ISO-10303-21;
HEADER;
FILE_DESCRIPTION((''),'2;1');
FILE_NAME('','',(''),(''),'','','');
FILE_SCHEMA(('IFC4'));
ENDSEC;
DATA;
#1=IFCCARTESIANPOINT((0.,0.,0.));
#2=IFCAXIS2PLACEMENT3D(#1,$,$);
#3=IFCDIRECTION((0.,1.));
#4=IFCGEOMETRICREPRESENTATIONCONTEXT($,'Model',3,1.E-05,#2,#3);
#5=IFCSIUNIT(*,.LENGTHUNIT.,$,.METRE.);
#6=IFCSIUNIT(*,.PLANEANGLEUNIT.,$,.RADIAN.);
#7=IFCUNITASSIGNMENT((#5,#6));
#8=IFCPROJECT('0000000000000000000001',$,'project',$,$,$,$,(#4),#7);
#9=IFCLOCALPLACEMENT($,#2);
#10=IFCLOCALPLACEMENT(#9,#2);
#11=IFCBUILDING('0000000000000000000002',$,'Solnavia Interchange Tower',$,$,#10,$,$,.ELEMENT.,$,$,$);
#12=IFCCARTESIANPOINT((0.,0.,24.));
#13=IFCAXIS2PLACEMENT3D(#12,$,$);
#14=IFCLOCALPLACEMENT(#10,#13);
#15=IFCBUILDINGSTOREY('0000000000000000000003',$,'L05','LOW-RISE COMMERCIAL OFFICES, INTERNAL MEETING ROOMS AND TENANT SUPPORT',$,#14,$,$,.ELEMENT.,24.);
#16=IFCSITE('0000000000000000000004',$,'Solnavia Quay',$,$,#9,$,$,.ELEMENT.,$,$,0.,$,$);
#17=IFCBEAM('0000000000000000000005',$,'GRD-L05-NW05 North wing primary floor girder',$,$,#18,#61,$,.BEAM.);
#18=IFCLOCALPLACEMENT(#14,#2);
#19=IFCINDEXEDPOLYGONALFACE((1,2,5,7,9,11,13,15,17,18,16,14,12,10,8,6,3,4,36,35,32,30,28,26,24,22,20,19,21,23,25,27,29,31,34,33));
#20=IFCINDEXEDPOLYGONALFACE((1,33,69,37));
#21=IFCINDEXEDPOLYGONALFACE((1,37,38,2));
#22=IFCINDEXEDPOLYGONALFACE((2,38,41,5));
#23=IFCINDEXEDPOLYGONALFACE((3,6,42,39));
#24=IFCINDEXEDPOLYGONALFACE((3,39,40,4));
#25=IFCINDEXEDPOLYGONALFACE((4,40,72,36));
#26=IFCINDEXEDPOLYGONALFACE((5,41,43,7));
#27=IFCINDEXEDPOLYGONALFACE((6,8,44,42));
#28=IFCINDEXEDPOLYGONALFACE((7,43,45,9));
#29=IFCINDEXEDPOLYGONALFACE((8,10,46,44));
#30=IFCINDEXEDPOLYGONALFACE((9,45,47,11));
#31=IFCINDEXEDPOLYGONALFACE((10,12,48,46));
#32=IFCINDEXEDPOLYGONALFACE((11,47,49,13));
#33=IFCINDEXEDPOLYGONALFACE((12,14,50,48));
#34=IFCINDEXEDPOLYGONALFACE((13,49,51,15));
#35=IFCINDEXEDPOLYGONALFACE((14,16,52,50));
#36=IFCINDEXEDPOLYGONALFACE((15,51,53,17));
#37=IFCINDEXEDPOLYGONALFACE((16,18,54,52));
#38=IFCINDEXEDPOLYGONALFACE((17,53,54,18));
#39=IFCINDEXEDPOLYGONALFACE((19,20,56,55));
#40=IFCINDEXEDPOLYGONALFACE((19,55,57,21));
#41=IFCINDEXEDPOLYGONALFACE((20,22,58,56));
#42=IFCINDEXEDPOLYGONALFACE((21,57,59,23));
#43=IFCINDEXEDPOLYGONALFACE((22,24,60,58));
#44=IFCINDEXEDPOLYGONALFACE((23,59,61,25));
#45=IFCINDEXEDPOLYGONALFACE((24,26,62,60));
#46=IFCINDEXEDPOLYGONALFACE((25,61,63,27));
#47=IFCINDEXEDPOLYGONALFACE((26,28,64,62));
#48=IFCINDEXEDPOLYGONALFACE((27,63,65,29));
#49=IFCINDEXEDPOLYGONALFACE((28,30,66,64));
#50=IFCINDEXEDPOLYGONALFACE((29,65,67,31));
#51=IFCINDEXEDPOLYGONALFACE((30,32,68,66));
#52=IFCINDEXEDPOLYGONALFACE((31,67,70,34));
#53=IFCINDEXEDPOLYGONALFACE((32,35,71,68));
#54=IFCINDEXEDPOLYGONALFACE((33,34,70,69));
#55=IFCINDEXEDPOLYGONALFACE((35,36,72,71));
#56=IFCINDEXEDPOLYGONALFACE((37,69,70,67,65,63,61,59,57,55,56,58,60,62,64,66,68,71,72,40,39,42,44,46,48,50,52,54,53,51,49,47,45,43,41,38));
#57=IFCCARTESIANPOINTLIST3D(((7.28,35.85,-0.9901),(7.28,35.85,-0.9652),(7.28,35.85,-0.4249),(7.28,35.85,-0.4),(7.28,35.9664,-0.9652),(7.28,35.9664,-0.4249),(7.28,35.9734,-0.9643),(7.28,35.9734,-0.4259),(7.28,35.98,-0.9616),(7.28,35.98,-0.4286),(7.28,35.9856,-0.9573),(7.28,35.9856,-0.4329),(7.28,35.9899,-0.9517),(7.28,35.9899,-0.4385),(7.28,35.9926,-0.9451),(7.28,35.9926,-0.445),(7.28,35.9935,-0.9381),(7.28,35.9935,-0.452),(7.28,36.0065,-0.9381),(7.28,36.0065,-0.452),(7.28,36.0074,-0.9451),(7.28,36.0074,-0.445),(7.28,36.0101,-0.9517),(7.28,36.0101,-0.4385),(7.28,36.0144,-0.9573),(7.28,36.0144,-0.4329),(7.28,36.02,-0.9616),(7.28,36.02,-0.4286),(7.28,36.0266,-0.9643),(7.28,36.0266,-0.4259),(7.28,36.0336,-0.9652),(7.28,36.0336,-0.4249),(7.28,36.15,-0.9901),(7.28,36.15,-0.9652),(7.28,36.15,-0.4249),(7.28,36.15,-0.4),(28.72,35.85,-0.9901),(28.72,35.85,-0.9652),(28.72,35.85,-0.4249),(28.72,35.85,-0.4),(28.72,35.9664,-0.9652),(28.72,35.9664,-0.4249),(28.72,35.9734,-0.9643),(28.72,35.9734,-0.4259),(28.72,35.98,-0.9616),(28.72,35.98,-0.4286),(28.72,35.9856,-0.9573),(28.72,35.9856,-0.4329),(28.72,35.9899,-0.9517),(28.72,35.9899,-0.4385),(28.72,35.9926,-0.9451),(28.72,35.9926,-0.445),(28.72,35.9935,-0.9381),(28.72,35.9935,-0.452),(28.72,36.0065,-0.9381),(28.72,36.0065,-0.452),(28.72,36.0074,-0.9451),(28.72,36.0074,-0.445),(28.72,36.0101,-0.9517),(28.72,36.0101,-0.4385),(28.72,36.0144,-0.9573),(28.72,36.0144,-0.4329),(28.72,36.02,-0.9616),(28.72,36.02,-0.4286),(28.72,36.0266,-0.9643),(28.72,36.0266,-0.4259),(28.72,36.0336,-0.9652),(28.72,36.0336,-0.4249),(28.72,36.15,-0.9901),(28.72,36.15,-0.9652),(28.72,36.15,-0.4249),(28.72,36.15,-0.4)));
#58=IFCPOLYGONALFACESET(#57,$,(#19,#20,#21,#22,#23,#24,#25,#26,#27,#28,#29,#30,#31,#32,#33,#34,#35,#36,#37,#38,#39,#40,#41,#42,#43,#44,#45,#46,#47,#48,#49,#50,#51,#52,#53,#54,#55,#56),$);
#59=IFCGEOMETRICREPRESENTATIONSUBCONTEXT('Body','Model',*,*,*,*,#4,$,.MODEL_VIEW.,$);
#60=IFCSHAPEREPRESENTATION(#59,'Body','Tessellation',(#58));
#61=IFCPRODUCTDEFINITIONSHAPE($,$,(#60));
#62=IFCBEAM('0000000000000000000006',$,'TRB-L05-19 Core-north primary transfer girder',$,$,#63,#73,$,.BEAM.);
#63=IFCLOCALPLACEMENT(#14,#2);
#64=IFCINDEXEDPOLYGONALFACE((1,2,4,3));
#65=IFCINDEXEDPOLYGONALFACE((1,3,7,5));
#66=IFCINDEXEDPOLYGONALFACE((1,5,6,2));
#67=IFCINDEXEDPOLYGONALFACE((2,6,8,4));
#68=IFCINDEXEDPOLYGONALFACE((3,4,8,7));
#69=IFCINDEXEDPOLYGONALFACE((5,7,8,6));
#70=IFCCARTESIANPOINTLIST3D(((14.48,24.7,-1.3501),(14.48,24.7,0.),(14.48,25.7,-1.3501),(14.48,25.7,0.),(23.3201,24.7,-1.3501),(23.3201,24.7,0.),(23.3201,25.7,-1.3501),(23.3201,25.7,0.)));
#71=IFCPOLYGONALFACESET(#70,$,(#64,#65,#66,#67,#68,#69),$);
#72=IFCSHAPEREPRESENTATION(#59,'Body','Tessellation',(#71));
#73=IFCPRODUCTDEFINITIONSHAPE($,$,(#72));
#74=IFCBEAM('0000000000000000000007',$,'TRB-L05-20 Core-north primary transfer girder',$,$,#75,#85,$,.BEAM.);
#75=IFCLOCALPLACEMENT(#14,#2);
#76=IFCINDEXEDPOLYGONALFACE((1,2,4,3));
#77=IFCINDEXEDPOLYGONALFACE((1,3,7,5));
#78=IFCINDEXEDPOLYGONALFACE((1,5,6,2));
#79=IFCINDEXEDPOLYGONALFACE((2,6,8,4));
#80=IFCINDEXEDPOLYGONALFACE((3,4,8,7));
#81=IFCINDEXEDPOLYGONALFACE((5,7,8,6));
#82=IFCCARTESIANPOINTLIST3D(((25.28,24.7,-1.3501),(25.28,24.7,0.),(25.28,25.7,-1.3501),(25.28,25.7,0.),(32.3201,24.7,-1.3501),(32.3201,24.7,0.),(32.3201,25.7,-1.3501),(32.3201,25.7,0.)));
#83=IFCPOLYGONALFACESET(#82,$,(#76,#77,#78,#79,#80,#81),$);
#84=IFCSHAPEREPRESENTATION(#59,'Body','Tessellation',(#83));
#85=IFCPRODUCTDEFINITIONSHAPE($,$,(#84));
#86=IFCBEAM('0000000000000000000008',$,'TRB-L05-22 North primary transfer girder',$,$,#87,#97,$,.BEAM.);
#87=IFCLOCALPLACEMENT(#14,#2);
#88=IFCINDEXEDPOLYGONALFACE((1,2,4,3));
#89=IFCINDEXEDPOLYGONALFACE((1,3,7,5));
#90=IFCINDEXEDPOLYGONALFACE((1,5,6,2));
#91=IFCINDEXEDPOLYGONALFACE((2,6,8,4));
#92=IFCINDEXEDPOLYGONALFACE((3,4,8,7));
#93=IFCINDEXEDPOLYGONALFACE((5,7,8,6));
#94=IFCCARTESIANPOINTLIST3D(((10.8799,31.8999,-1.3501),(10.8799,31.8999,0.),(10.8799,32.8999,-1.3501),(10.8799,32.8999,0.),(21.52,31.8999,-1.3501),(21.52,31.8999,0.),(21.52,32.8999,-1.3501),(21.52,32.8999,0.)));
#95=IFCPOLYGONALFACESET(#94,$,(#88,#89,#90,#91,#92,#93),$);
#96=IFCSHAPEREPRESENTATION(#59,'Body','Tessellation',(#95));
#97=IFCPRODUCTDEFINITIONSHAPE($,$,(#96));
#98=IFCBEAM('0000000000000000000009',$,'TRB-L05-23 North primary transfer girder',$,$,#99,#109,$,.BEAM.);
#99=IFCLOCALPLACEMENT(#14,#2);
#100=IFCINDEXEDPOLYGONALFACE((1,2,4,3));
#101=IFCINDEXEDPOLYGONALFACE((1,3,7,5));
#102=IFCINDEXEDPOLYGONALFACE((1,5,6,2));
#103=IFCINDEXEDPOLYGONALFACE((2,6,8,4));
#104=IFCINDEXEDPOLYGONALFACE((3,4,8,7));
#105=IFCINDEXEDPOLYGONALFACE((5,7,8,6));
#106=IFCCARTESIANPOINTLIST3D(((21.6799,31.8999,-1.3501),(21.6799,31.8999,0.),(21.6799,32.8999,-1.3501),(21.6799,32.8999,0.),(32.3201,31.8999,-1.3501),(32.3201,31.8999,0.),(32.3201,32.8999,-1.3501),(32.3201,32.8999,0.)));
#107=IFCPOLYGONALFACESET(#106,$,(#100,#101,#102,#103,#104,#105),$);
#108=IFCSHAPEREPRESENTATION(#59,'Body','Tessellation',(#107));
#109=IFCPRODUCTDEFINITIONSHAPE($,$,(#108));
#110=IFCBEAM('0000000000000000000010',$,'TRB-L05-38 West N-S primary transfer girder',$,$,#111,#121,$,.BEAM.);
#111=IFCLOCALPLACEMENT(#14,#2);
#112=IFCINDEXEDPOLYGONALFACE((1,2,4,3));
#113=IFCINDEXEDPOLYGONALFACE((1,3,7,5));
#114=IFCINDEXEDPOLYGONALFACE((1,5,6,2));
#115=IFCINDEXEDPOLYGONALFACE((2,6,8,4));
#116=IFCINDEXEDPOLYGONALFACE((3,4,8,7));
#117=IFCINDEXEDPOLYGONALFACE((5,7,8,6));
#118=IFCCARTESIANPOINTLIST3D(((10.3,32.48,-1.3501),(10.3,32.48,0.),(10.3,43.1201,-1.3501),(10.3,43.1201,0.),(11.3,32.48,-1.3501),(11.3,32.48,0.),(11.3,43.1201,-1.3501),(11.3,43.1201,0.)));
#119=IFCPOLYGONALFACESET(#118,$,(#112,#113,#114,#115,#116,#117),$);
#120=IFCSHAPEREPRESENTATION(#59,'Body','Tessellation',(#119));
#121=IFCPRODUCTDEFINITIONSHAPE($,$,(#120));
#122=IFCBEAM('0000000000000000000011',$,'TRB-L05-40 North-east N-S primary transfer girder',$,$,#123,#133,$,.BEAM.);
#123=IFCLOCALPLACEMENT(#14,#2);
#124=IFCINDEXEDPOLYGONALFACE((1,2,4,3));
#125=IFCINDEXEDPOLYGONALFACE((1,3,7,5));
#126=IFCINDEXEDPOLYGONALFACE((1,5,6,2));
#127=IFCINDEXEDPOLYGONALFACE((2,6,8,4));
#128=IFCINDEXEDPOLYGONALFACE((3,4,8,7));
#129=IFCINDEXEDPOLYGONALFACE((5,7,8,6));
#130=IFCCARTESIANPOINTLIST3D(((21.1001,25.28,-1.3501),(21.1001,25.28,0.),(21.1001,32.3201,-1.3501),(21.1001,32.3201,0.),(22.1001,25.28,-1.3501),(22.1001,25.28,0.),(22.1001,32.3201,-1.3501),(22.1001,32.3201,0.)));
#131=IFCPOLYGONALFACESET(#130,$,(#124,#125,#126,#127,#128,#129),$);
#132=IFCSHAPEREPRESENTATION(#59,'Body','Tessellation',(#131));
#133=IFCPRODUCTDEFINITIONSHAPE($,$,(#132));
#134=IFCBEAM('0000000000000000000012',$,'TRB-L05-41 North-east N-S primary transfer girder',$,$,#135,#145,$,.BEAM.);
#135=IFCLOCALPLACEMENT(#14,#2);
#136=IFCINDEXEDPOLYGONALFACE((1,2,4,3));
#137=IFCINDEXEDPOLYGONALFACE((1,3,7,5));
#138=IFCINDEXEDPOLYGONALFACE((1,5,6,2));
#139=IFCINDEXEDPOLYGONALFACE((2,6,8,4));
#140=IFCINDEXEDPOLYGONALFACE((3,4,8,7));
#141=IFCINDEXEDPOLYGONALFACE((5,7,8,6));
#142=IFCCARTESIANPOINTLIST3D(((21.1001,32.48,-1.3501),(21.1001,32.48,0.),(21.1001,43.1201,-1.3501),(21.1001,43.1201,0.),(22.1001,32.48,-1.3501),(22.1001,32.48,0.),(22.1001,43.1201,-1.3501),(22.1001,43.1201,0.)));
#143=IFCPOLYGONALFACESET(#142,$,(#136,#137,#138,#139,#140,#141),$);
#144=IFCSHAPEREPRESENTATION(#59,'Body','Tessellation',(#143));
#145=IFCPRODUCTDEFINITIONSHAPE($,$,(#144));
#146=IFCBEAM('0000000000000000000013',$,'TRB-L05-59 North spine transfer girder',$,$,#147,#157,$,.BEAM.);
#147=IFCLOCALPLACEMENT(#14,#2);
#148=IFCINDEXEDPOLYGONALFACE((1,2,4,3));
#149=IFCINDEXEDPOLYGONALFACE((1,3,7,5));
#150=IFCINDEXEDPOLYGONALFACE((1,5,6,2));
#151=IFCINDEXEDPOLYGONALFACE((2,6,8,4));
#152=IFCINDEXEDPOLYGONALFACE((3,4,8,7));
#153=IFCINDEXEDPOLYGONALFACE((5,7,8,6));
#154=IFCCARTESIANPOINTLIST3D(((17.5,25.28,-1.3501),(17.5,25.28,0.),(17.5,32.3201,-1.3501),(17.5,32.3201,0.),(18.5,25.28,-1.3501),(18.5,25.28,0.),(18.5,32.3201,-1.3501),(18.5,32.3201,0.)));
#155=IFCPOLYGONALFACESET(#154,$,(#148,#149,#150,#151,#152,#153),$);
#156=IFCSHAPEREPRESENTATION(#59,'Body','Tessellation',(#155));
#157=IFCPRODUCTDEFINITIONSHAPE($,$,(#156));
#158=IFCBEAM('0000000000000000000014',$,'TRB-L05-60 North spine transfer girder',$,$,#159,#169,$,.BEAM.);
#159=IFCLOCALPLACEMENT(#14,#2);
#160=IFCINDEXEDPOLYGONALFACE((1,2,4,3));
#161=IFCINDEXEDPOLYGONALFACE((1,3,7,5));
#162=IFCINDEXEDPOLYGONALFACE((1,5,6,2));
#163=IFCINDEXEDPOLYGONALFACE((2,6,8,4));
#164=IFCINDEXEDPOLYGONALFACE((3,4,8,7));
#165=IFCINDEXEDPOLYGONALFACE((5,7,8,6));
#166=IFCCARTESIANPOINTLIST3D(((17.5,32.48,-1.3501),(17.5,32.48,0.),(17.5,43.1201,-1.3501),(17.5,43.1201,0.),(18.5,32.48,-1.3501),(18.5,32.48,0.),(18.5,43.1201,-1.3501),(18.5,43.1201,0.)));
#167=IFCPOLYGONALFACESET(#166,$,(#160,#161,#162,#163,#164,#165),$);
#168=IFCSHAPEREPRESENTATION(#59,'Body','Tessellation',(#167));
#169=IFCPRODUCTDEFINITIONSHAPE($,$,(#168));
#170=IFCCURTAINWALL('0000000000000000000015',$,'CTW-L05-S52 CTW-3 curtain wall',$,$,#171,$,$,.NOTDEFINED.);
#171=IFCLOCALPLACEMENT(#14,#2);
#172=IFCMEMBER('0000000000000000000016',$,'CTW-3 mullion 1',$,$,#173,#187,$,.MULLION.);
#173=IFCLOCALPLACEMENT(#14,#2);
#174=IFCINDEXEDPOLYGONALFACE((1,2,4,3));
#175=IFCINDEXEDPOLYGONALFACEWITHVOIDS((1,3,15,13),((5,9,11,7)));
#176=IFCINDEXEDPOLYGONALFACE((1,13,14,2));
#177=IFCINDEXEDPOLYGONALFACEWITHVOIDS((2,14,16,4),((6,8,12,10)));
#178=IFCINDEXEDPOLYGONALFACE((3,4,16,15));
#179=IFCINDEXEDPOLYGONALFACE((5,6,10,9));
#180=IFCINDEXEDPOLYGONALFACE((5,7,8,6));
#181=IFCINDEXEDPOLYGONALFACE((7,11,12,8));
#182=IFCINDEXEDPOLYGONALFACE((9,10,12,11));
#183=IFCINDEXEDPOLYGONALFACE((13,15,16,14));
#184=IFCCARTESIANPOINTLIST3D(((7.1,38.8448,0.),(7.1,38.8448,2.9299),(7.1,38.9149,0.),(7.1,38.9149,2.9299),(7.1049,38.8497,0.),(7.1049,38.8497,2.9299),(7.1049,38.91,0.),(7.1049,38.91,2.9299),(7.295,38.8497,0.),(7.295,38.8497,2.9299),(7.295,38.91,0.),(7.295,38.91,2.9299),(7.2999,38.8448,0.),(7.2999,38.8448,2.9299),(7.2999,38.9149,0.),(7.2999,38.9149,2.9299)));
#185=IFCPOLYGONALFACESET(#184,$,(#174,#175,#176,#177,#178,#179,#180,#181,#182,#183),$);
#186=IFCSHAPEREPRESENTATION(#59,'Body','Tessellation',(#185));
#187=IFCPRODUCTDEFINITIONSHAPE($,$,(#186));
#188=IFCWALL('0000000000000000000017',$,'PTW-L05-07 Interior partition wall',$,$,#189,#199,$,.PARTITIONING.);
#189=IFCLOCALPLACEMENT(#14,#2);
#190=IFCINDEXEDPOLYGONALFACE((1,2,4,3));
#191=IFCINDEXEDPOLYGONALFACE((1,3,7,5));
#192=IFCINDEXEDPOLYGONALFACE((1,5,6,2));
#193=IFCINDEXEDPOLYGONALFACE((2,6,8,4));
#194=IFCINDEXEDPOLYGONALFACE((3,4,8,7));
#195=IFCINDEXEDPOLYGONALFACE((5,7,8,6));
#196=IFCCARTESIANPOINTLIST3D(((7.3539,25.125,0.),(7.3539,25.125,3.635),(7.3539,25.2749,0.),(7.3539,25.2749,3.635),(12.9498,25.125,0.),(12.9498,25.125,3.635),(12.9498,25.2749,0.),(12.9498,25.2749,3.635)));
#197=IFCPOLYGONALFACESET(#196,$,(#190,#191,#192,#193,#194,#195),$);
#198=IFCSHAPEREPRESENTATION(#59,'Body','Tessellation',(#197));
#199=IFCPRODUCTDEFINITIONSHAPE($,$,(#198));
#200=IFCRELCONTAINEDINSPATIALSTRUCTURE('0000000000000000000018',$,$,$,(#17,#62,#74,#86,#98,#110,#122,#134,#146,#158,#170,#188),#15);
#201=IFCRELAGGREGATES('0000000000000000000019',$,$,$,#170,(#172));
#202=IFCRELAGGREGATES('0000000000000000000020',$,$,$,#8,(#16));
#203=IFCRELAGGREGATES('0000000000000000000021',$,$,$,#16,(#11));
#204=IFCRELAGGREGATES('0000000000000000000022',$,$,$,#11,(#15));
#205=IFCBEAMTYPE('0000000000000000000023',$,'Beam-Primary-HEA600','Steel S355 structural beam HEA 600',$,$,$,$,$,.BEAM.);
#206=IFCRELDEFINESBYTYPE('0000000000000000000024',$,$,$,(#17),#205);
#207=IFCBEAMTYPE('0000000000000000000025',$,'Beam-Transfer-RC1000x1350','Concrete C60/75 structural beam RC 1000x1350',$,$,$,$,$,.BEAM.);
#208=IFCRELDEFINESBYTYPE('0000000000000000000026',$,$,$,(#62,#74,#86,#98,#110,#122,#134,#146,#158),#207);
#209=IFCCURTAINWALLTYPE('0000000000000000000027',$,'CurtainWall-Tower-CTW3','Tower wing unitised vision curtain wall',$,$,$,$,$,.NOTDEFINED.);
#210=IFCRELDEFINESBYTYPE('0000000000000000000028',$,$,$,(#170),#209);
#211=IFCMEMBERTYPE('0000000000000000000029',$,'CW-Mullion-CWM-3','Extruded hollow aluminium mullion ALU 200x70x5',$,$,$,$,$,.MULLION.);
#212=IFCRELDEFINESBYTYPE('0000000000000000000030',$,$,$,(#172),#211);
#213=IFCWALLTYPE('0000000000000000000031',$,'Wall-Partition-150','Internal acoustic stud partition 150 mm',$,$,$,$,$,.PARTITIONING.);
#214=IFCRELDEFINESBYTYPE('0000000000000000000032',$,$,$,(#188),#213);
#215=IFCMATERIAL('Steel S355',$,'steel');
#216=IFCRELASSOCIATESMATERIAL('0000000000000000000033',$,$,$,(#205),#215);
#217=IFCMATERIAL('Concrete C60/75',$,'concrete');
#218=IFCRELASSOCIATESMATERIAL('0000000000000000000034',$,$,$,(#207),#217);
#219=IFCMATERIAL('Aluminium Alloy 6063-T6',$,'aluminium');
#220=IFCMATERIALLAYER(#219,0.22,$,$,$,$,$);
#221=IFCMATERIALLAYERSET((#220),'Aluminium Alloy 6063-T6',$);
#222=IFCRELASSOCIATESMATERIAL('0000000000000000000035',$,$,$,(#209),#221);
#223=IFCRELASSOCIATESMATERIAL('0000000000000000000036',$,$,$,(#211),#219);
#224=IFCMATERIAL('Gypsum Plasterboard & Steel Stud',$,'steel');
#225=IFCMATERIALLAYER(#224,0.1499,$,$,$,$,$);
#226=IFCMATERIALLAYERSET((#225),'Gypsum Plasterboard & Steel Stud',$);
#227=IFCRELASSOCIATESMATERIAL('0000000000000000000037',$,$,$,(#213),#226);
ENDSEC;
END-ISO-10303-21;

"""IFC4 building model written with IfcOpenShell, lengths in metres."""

from ifc_helpers import new_model, si_unit, direction, frame, frame_2d, origin, origin_2d, place, context, subcontext, project, spatial, rectangle, hollow_rectangle, i_section, extrude, material, layer, layer_set, material_profile, profile_set, type_object, element, aggregate, save


model = new_model("IFC4")

# Units and contexts
model_context = context("Model", 3, precision=1e-05, world=origin(), true_north=direction((0.0, 1.0)))
body_context = subcontext(model_context, "Body", "Model", "MODEL_VIEW")
ifc_project = project(units=[si_unit("LENGTHUNIT", "METRE"), si_unit("PLANEANGLEUNIT", "RADIAN")], contexts=[model_context])

# Site, building, storey
site_placement = place(None, origin())
site = spatial("IfcSite", under=ifc_project, at=site_placement, Name="Solnavia Quay", CompositionType="ELEMENT", RefElevation=0.0)
building_placement = place(site_placement, origin())
building = spatial("IfcBuilding", under=site, at=building_placement, Name="Solnavia Interchange Tower", CompositionType="ELEMENT")
storey_placement = place(building_placement, frame((0.0, 0.0, 24.0)))
storey = spatial("IfcBuildingStorey", under=building, at=storey_placement, Name="L05", Description="LOW-RISE COMMERCIAL OFFICES, INTERNAL MEETING ROOMS AND TENANT SUPPORT", CompositionType="ELEMENT", Elevation=24.0)

# Shared definitions
ifc_material_1 = material(Name="Steel S355", Category="steel")

# Beams
ifc_material_profile_1 = material_profile(ifc_material_1, i_section(OverallWidth=0.3, OverallDepth=0.5901, WebThickness=0.0129, FlangeThickness=0.0249, FilletRadius=0.0271, at=origin_2d()), Name="HEA 600")
ifc_profile_set_1 = profile_set([ifc_material_profile_1], Name="Steel S355")
beam_type_1 = type_object("IfcBeamType", Name="Beam-Primary-HEA600", Description="Steel S355 structural beam HEA 600", PredefinedType="BEAM", material=ifc_profile_set_1)
beam_1_placement = place(storey_placement, frame((7.28, 36.0, -0.6951), z_axis=(1.0, 0.0, 0.0), x_axis=(0.0, 1.0, 0.0)))
element("IfcBeam", 1, at=beam_1_placement, inside=storey, type_object=beam_type_1, Name="GRD-L05-NW05 North wing primary floor girder", PredefinedType="BEAM", context=body_context, shape_type="SweptSolid", body=[
    extrude(i_section(OverallWidth=0.3, OverallDepth=0.5901, WebThickness=0.0129, FlangeThickness=0.0249, FilletRadius=0.0271, at=origin_2d()), origin(), (0.0, 0.0, 1.0), 21.4399),
])
ifc_material_2 = material(Name="Concrete C60/75", Category="concrete")
ifc_material_profile_2 = material_profile(ifc_material_2, rectangle(XDim=1.0, YDim=1.3501, at=origin_2d()), Name="RC 1000x1350")
ifc_profile_set_2 = profile_set([ifc_material_profile_2], Name="Concrete C60/75")
beam_type_2 = type_object("IfcBeamType", Name="Beam-Transfer-RC1000x1350", Description="Concrete C60/75 structural beam RC 1000x1350", PredefinedType="BEAM", material=ifc_profile_set_2)
beam_2_placement = place(storey_placement, frame((14.48, 25.2, -0.675), z_axis=(1.0, 0.0, 0.0), x_axis=(0.0, 1.0, 0.0)))
element("IfcBeam", 2, at=beam_2_placement, inside=storey, type_object=beam_type_2, Name="TRB-L05-19 Core-north primary transfer girder", PredefinedType="BEAM", context=body_context, shape_type="SweptSolid", body=[
    extrude(rectangle(XDim=1.0, YDim=1.3501, at=origin_2d()), origin(), (0.0, 0.0, 1.0), 8.8401),
])
beam_3_placement = place(storey_placement, frame((25.28, 25.2, -0.675), z_axis=(1.0, 0.0, 0.0), x_axis=(0.0, 1.0, 0.0)))
element("IfcBeam", 3, at=beam_3_placement, inside=storey, type_object=beam_type_2, Name="TRB-L05-20 Core-north primary transfer girder", PredefinedType="BEAM", context=body_context, shape_type="SweptSolid", body=[
    extrude(rectangle(XDim=1.0, YDim=1.3501, at=origin_2d()), origin(), (0.0, 0.0, 1.0), 7.04),
])
for number, where, z_axis, x_axis, name in (
    (4, (10.8799, 32.3999, -0.675), (1.0, 0.0, 0.0), (0.0, 1.0, 0.0), "TRB-L05-22 North primary transfer girder"),
    (5, (21.6799, 32.3999, -0.675), (1.0, 0.0, 0.0), (0.0, 1.0, 0.0), "TRB-L05-23 North primary transfer girder"),
    (6, (10.8, 32.48, -0.675), (0.0, 1.0, 0.0), (-1.0, 0.0, 0.0), "TRB-L05-38 West N-S primary transfer girder"),
):
    element("IfcBeam", number, at=place(storey_placement, frame(where, z_axis=z_axis, x_axis=x_axis)), inside=storey, type_object=beam_type_2, Name=name, PredefinedType="BEAM", context=body_context, shape_type="SweptSolid", body=[
        extrude(rectangle(XDim=1.0, YDim=1.3501, at=origin_2d()), origin(), (0.0, 0.0, 1.0), 10.6401),
    ])
beam_4_placement = place(storey_placement, frame((21.6001, 25.28, -0.675), z_axis=(0.0, 1.0, 0.0), x_axis=(-1.0, 0.0, 0.0)))
element("IfcBeam", 7, at=beam_4_placement, inside=storey, type_object=beam_type_2, Name="TRB-L05-40 North-east N-S primary transfer girder", PredefinedType="BEAM", context=body_context, shape_type="SweptSolid", body=[
    extrude(rectangle(XDim=1.0, YDim=1.3501, at=origin_2d()), origin(), (0.0, 0.0, 1.0), 7.04),
])
beam_5_placement = place(storey_placement, frame((21.6001, 32.48, -0.675), z_axis=(0.0, 1.0, 0.0), x_axis=(-1.0, 0.0, 0.0)))
element("IfcBeam", 8, at=beam_5_placement, inside=storey, type_object=beam_type_2, Name="TRB-L05-41 North-east N-S primary transfer girder", PredefinedType="BEAM", context=body_context, shape_type="SweptSolid", body=[
    extrude(rectangle(XDim=1.0, YDim=1.3501, at=origin_2d()), origin(), (0.0, 0.0, 1.0), 10.6401),
])
beam_6_placement = place(storey_placement, frame((18.0, 25.28, -0.675), z_axis=(0.0, 1.0, 0.0), x_axis=(-1.0, 0.0, 0.0)))
element("IfcBeam", 9, at=beam_6_placement, inside=storey, type_object=beam_type_2, Name="TRB-L05-59 North spine transfer girder", PredefinedType="BEAM", context=body_context, shape_type="SweptSolid", body=[
    extrude(rectangle(XDim=1.0, YDim=1.3501, at=origin_2d()), origin(), (0.0, 0.0, 1.0), 7.04),
])
beam_7_placement = place(storey_placement, frame((18.0, 32.48, -0.675), z_axis=(0.0, 1.0, 0.0), x_axis=(-1.0, 0.0, 0.0)))
element("IfcBeam", 10, at=beam_7_placement, inside=storey, type_object=beam_type_2, Name="TRB-L05-60 North spine transfer girder", PredefinedType="BEAM", context=body_context, shape_type="SweptSolid", body=[
    extrude(rectangle(XDim=1.0, YDim=1.3501, at=origin_2d()), origin(), (0.0, 0.0, 1.0), 10.6401),
])

# Curtain wall, member
ifc_material_3 = material(Name="Aluminium Alloy 6063-T6", Category="aluminium")
ifc_layer_1 = layer(ifc_material_3, 0.22)
ifc_layer_set_1 = layer_set([ifc_layer_1], Name="Aluminium Alloy 6063-T6")
curtain_wall_type = type_object("IfcCurtainWallType", Name="CurtainWall-Tower-CTW3", Description="Tower wing unitised vision curtain wall", PredefinedType="NOTDEFINED", material=ifc_layer_set_1)
curtain_wall_placement = place(storey_placement, origin())
curtain_wall = element("IfcCurtainWall", 11, at=curtain_wall_placement, inside=storey, type_object=curtain_wall_type, Name="CTW-L05-S52 CTW-3 curtain wall", PredefinedType="NOTDEFINED")
ifc_material_profile_3 = material_profile(ifc_material_3, hollow_rectangle(XDim=0.0701, YDim=0.2, WallThickness=0.0049, at=origin_2d()), Name="ALU 200x70x5")
ifc_profile_set_3 = profile_set([ifc_material_profile_3], Name="Aluminium Alloy 6063-T6")
member_type = type_object("IfcMemberType", Name="CW-Mullion-CWM-3", Description="Extruded hollow aluminium mullion ALU 200x70x5", PredefinedType="MULLION", material=ifc_profile_set_3)
member_placement = place(storey_placement, frame((7.2, 38.8799, 0.0), z_axis=(0.0, 0.0, 1.0), x_axis=(0.0, -1.0, 0.0)))
member = element("IfcMember", 12, at=member_placement, type_object=member_type, Name="CTW-3 mullion 1", PredefinedType="MULLION", context=body_context, shape_type="SweptSolid", body=[
    extrude(hollow_rectangle(XDim=0.0701, YDim=0.2, WallThickness=0.0049, at=origin_2d()), origin(), (0.0, 0.0, 1.0), 2.9299),
])
aggregate(curtain_wall, [member])

# Wall
ifc_material_4 = material(Name="Gypsum Plasterboard & Steel Stud", Category="steel")
ifc_layer_2 = layer(ifc_material_4, 0.1499)
ifc_layer_set_2 = layer_set([ifc_layer_2], Name="Gypsum Plasterboard & Steel Stud")
wall_type_1 = type_object("IfcWallType", Name="Wall-Partition-150", Description="Internal acoustic stud partition 150 mm", PredefinedType="PARTITIONING", material=ifc_layer_set_2)
wall_1_placement = place(storey_placement, frame((7.354, 25.2, 0.0), z_axis=(0.0, 0.0, 1.0), x_axis=(1.0, 0.0, 0.0)))
element("IfcWall", 13, at=wall_1_placement, inside=storey, type_object=wall_type_1, Name="PTW-L05-07 Interior partition wall", PredefinedType="PARTITIONING", context=body_context, shape_type="SweptSolid", body=[
    extrude(rectangle(XDim=5.5959, YDim=0.1499, at=frame_2d((2.7979, 0.0))), origin(), (0.0, 0.0, 1.0), 3.635),
])

save(model, "model.ifc")
